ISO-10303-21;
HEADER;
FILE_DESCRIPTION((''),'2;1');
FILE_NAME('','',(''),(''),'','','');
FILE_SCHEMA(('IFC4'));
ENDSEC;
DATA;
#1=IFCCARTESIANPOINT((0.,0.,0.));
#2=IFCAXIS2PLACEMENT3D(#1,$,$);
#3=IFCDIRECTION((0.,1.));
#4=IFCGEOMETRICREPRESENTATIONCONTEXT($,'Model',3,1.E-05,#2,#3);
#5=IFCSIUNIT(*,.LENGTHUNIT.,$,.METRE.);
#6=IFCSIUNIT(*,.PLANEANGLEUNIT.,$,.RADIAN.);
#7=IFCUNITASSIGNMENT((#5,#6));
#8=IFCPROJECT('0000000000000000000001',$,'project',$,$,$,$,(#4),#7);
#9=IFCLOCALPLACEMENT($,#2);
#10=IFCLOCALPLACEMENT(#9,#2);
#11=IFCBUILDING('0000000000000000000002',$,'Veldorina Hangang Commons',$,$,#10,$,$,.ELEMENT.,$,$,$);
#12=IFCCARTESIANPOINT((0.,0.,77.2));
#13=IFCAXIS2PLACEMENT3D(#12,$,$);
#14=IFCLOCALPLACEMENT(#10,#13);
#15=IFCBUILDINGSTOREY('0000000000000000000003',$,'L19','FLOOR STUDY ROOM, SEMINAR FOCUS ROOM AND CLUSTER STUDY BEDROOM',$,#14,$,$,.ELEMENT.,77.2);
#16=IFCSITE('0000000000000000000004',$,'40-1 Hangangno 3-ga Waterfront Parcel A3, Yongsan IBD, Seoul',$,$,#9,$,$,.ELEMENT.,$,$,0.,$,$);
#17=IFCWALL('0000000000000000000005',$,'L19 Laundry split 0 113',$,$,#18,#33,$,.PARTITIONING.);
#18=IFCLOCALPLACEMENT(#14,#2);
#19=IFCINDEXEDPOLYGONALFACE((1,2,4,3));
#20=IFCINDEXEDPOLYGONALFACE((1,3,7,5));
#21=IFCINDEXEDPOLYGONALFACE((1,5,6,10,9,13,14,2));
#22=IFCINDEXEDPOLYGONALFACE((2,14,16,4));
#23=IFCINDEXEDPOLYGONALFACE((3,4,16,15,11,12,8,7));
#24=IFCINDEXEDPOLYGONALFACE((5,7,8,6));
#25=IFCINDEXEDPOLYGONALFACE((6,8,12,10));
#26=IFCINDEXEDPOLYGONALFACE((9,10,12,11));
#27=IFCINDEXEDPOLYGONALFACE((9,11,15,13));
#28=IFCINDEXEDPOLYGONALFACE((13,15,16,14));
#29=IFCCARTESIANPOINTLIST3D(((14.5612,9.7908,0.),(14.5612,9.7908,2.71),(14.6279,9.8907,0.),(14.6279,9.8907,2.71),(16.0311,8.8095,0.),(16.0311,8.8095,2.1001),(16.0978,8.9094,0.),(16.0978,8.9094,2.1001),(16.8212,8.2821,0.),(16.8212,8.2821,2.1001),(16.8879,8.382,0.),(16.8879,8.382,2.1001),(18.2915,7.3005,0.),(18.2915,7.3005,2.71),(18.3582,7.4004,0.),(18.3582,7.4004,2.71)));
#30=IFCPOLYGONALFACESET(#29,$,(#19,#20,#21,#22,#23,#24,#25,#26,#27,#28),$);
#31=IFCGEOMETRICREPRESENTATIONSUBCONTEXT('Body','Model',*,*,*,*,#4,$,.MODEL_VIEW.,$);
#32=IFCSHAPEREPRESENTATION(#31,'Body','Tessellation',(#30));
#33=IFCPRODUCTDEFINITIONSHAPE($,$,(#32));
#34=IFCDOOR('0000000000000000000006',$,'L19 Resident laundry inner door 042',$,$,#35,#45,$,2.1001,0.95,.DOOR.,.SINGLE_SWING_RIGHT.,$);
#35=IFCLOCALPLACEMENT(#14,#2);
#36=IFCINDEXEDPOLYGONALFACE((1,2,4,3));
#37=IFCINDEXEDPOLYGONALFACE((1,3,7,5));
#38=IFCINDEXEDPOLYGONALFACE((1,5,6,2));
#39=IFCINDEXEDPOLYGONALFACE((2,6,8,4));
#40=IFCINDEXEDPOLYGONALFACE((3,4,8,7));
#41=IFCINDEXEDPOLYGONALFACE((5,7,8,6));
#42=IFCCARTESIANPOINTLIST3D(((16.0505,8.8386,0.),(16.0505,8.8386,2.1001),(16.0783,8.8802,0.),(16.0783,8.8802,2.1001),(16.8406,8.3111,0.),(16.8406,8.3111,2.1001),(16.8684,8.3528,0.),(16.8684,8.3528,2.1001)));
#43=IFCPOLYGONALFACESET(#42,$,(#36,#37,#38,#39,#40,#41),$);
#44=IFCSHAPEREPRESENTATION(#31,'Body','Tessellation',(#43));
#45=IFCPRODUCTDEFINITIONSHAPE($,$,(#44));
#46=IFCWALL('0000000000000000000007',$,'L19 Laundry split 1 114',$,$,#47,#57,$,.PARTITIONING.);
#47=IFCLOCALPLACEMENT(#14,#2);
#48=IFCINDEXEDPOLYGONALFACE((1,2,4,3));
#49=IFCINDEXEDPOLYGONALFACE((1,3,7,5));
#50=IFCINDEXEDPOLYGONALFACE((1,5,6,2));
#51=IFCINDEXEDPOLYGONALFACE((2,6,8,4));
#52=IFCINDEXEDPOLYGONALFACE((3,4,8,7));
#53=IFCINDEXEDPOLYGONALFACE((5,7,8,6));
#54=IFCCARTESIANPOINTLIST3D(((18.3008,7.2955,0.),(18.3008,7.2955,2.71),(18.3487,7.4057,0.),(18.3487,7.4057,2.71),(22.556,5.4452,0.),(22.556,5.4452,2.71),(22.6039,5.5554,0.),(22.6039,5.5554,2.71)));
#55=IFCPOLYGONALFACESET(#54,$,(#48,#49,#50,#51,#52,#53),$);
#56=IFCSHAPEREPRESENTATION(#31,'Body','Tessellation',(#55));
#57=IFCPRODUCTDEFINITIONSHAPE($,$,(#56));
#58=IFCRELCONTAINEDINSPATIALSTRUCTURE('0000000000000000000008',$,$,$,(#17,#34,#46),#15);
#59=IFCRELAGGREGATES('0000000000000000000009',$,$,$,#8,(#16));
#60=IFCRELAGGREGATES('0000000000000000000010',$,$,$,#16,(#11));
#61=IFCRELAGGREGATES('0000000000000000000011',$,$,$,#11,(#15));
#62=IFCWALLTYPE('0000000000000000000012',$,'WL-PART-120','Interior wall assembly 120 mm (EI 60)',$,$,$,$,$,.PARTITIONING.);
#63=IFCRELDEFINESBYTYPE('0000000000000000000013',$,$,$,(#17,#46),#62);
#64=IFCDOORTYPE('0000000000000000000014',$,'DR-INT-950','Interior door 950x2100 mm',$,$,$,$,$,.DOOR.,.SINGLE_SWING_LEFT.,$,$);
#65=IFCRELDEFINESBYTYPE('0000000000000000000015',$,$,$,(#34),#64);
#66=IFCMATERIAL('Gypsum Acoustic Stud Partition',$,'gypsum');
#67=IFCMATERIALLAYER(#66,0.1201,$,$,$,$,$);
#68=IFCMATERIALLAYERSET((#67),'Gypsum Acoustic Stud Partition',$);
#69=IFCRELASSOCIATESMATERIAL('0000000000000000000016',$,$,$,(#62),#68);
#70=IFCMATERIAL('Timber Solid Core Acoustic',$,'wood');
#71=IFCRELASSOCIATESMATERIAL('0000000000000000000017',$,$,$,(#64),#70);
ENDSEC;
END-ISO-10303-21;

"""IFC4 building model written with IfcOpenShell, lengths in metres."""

from ifc_helpers import new_model, si_unit, direction, frame, frame_2d, origin, place, context, subcontext, project, spatial, rectangle, extrude, material, layer, layer_set, type_object, element, fill, save


model = new_model("IFC4")

# Units and contexts
model_context = context("Model", 3, precision=1e-05, world=origin(), true_north=direction((0.0, 1.0)))
body_context = subcontext(model_context, "Body", "Model", "MODEL_VIEW")
ifc_project = project(units=[si_unit("LENGTHUNIT", "METRE"), si_unit("PLANEANGLEUNIT", "RADIAN")], contexts=[model_context])

# Site, building, storey
site_placement = place(None, origin())
site = spatial("IfcSite", under=ifc_project, at=site_placement, Name="40-1 Hangangno 3-ga Waterfront Parcel A3, Yongsan IBD, Seoul", CompositionType="ELEMENT", RefElevation=0.0)
building_placement = place(site_placement, origin())
building = spatial("IfcBuilding", under=site, at=building_placement, Name="Veldorina Hangang Commons", CompositionType="ELEMENT")
storey_placement = place(building_placement, frame((0.0, 0.0, 77.2)))
storey = spatial("IfcBuildingStorey", under=building, at=storey_placement, Name="L19", Description="FLOOR STUDY ROOM, SEMINAR FOCUS ROOM AND CLUSTER STUDY BEDROOM", CompositionType="ELEMENT", Elevation=77.2)

# Shared definitions
ifc_material_1 = material(Name="Timber Solid Core Acoustic", Category="wood")

# Wall, opening, door
ifc_material_2 = material(Name="Gypsum Acoustic Stud Partition", Category="gypsum")
ifc_layer_1 = layer(ifc_material_2, 0.1201)
ifc_layer_set_1 = layer_set([ifc_layer_1], Name="Gypsum Acoustic Stud Partition")
wall_type_1 = type_object("IfcWallType", Name="WL-PART-120", Description="Interior wall assembly 120 mm (EI 60)", PredefinedType="PARTITIONING", material=ifc_layer_set_1)
wall_1_placement = place(storey_placement, frame((14.5945, 9.8408, 0.0), z_axis=(0.0, 0.0, 1.0), x_axis=(0.831698, -0.555228, 0.0)))
wall_1 = element("IfcWall", 1, at=wall_1_placement, inside=storey, type_object=wall_type_1, Name="L19 Laundry split 0 113", PredefinedType="PARTITIONING", context=body_context, shape_type="SweptSolid", body=[
    extrude(rectangle(XDim=4.4851, YDim=0.1201, at=frame_2d((2.2427, 0.0))), origin(), (0.0, 0.0, 1.0), 2.71),
])
opening_1_placement = place(wall_1_placement, frame((1.7673, 0.0, 0.0)))
opening_1 = element("IfcOpeningElement", 2, at=opening_1_placement, cuts=wall_1, PredefinedType="OPENING", context=body_context, shape_type="SweptSolid", body=[
    extrude(rectangle(XDim=0.95, YDim=2.1001, at=frame_2d((0.4751, 1.05))), frame((0.0, 0.0701, 0.0), z_axis=(0.0, -1.0, 0.0), x_axis=(1.0, 0.0, 0.0)), (0.0, 0.0, 1.0), 0.1401),
])
door_type_1 = type_object("IfcDoorType", Name="DR-INT-950", Description="Interior door 950x2100 mm", OperationType="SINGLE_SWING_LEFT", PredefinedType="DOOR", material=ifc_material_1)
door_1_placement = place(opening_1_placement, origin())
door_1 = element("IfcDoor", 3, at=door_1_placement, inside=storey, type_object=door_type_1, Name="L19 Resident laundry inner door 042", OperationType="SINGLE_SWING_RIGHT", OverallHeight=2.1001, OverallWidth=0.95, PredefinedType="DOOR", context=body_context, shape_type="SweptSolid", body=[
    extrude(rectangle(XDim=0.95, YDim=2.1001, at=frame_2d((0.4751, 1.05))), frame((0.0, 0.0249, 0.0), z_axis=(0.0, -1.0, 0.0), x_axis=(1.0, 0.0, 0.0)), (0.0, 0.0, 1.0), 0.05),
])
fill(opening_1, door_1)

# Wall
wall_2_placement = place(storey_placement, frame((18.3247, 7.3506, 0.0), z_axis=(0.0, 0.0, 1.0), x_axis=(0.917056, -0.398759, 0.0)))
element("IfcWall", 4, at=wall_2_placement, inside=storey, type_object=wall_type_1, Name="L19 Laundry split 1 114", PredefinedType="PARTITIONING", context=body_context, shape_type="SweptSolid", body=[
    extrude(rectangle(XDim=4.6401, YDim=0.1201, at=frame_2d((2.3201, 0.0))), origin(), (0.0, 0.0, 1.0), 2.71),
])

save(model, "model.ifc")
